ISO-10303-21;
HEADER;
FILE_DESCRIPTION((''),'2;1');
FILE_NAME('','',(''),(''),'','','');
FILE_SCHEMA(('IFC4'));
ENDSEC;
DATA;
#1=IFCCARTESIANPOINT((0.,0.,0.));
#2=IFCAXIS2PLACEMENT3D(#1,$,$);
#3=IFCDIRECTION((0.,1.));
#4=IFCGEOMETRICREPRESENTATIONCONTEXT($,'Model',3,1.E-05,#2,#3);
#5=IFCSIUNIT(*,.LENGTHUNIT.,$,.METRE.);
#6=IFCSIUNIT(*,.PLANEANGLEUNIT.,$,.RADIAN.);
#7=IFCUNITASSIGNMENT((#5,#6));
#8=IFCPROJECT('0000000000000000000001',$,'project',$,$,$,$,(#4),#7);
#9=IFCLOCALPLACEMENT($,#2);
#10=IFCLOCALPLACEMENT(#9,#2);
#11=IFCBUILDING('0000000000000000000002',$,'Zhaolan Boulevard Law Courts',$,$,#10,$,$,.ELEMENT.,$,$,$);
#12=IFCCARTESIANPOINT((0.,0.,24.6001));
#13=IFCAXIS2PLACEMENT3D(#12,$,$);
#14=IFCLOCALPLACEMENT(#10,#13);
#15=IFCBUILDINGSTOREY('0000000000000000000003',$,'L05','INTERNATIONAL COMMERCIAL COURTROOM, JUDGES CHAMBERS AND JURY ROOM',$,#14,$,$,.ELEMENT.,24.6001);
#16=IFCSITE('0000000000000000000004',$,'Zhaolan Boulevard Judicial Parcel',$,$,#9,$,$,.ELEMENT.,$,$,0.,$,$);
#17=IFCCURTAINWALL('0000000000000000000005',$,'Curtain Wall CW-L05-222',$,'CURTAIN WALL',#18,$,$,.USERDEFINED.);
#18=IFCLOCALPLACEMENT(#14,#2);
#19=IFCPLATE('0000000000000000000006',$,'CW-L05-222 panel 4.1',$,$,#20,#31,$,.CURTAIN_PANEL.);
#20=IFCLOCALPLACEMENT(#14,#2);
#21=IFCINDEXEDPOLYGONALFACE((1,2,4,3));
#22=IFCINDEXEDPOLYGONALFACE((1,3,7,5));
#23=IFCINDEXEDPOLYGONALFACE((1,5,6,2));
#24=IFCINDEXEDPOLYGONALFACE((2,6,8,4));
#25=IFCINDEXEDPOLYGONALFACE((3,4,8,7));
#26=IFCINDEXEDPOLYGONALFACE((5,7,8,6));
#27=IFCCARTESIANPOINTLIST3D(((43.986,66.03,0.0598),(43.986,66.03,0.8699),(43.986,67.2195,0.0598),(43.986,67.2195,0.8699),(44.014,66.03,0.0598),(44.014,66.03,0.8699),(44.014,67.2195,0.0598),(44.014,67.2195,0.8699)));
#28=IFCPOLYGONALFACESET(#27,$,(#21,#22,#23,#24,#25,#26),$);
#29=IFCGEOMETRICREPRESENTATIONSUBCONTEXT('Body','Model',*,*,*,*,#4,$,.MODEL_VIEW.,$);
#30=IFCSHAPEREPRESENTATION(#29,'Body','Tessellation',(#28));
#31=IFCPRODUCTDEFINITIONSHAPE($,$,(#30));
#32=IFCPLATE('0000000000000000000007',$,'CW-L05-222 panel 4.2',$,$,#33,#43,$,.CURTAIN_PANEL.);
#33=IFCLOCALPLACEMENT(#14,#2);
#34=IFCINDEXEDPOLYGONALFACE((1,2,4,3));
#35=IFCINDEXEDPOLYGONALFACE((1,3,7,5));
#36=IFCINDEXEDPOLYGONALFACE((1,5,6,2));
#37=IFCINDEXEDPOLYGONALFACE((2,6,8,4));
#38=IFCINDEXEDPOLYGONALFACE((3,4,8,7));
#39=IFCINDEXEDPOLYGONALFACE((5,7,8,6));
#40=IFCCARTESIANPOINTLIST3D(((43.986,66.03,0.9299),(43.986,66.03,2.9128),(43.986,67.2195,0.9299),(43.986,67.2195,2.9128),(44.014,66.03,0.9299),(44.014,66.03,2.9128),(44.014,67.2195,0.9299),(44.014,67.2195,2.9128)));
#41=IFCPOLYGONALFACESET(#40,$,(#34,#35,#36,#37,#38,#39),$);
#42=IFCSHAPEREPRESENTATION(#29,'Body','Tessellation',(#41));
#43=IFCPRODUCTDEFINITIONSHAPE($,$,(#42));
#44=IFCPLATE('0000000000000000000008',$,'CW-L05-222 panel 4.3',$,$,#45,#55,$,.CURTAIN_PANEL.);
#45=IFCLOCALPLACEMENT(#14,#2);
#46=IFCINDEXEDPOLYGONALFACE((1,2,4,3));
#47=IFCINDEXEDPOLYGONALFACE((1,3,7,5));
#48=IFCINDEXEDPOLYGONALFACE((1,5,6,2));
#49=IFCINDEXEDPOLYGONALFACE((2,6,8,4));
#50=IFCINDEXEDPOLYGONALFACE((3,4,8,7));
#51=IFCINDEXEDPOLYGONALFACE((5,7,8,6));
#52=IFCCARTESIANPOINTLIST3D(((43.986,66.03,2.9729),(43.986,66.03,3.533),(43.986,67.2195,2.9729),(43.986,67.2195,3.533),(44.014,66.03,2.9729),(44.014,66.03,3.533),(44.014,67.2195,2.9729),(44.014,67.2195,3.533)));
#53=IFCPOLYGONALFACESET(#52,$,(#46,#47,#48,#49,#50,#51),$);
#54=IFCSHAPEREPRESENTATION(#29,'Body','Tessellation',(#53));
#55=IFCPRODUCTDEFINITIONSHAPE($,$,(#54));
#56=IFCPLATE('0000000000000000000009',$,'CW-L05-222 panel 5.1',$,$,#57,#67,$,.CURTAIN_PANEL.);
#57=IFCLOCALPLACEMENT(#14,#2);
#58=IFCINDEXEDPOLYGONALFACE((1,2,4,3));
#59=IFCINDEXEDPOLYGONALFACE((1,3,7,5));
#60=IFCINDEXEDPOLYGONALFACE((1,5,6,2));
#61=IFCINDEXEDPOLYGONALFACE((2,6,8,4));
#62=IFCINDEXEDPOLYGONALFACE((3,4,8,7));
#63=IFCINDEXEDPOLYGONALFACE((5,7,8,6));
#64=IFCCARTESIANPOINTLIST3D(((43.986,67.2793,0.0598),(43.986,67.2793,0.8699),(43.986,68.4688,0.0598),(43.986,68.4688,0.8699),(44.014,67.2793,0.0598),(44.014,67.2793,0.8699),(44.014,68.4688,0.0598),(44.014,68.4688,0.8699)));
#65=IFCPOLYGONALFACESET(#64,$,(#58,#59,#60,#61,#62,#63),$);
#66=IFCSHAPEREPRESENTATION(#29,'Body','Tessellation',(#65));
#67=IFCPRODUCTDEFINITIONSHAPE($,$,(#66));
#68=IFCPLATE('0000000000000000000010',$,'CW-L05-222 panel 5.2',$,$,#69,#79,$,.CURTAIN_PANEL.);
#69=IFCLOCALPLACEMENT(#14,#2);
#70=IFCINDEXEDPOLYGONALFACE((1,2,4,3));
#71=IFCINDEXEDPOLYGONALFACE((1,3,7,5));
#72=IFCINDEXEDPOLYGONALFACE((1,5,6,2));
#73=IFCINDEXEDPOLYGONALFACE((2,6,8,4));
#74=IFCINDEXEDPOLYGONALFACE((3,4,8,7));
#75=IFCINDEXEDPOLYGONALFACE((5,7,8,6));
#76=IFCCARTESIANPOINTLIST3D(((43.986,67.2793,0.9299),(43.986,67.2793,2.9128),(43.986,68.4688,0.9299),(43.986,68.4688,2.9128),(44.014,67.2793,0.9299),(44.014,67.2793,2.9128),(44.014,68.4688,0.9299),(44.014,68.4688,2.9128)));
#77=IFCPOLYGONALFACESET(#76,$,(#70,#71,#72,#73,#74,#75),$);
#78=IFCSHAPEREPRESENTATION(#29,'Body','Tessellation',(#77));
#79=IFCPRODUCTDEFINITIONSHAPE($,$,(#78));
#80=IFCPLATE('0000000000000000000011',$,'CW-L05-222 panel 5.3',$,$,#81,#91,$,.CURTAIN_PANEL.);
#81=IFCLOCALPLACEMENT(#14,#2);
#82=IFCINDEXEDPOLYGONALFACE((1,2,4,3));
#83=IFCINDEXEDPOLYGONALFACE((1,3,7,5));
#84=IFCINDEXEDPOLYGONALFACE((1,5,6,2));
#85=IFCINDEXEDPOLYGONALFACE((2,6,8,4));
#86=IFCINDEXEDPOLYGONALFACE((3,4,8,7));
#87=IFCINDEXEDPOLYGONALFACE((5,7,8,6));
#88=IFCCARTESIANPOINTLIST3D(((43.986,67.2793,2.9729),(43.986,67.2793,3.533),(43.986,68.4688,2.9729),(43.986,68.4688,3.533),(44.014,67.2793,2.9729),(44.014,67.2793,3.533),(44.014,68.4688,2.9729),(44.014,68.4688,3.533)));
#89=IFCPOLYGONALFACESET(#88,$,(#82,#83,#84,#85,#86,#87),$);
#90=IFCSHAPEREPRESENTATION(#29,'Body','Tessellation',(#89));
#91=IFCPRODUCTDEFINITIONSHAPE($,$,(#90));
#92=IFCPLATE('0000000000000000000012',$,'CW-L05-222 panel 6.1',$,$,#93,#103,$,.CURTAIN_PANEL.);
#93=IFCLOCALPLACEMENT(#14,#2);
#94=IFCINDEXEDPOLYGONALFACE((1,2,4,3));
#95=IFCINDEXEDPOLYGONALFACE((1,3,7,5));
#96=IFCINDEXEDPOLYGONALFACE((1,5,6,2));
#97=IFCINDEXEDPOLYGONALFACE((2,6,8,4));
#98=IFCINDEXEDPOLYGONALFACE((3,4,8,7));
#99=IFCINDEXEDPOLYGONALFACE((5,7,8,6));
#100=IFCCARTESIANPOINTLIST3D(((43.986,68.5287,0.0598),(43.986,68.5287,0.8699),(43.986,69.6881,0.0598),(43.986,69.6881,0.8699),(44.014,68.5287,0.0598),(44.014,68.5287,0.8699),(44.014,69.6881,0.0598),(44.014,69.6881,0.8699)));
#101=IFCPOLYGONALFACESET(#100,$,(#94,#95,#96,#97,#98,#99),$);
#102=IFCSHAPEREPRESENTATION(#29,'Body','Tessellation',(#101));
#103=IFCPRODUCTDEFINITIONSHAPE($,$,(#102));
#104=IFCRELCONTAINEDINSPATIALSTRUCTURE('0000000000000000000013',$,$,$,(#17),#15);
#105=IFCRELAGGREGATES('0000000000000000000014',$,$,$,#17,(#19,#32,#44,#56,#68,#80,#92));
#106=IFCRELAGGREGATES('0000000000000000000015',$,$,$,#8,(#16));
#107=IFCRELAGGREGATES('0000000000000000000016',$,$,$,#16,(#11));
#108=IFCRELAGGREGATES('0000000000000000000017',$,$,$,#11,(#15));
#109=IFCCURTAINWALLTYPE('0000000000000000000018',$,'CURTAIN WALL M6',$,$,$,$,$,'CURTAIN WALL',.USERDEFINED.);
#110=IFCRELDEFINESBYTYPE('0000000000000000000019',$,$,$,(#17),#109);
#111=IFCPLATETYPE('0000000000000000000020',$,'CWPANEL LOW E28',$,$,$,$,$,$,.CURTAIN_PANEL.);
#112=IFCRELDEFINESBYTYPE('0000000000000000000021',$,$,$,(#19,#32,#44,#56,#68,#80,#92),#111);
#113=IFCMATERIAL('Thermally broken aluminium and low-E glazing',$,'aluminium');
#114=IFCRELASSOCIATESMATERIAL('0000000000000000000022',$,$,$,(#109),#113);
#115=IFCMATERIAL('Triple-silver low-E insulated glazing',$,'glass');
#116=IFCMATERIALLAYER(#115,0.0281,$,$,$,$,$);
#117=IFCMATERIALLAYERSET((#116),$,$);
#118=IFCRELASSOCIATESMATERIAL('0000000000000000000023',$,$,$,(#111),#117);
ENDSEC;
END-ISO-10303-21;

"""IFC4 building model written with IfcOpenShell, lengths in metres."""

from ifc_helpers import new_model, si_unit, direction, frame, origin, origin_2d, place, context, subcontext, project, spatial, rectangle, extrude, material, layer, layer_set, type_object, element, aggregate, save


model = new_model("IFC4")

# Units and contexts
model_context = context("Model", 3, precision=1e-05, world=origin(), true_north=direction((0.0, 1.0)))
body_context = subcontext(model_context, "Body", "Model", "MODEL_VIEW")
ifc_project = project(units=[si_unit("LENGTHUNIT", "METRE"), si_unit("PLANEANGLEUNIT", "RADIAN")], contexts=[model_context])

# Site, building, storey
site_placement = place(None, origin())
site = spatial("IfcSite", under=ifc_project, at=site_placement, Name="Zhaolan Boulevard Judicial Parcel", CompositionType="ELEMENT", RefElevation=0.0)
building_placement = place(site_placement, origin())
building = spatial("IfcBuilding", under=site, at=building_placement, Name="Zhaolan Boulevard Law Courts", CompositionType="ELEMENT")
storey_placement = place(building_placement, frame((0.0, 0.0, 24.6001)))
storey = spatial("IfcBuildingStorey", under=building, at=storey_placement, Name="L05", Description="INTERNATIONAL COMMERCIAL COURTROOM, JUDGES CHAMBERS AND JURY ROOM", CompositionType="ELEMENT", Elevation=24.6001)

# Curtain wall, plates
ifc_material_1 = material(Name="Thermally broken aluminium and low-E glazing", Category="aluminium")
curtain_wall_type = type_object("IfcCurtainWallType", Name="CURTAIN WALL M6", ElementType="CURTAIN WALL", PredefinedType="USERDEFINED", material=ifc_material_1)
curtain_wall_placement = place(storey_placement, origin())
curtain_wall = element("IfcCurtainWall", 1, at=curtain_wall_placement, inside=storey, type_object=curtain_wall_type, Name="Curtain Wall CW-L05-222", ObjectType="CURTAIN WALL", PredefinedType="USERDEFINED")
ifc_material_2 = material(Name="Triple-silver low-E insulated glazing", Category="glass")
ifc_layer = layer(ifc_material_2, 0.0281)
ifc_layer_set = layer_set([ifc_layer])
plate_type = type_object("IfcPlateType", Name="CWPANEL LOW E28", PredefinedType="CURTAIN_PANEL", material=ifc_layer_set)
plate_1_placement = place(storey_placement, frame((44.0, 66.6248, 0.0598), z_axis=(0.0, 0.0, 1.0), x_axis=(0.0, 1.0, 0.0)))
plate_1 = element("IfcPlate", 2, at=plate_1_placement, type_object=plate_type, Name="CW-L05-222 panel 4.1", PredefinedType="CURTAIN_PANEL", context=body_context, shape_type="SweptSolid", body=[
    extrude(rectangle(XDim=1.1895, YDim=0.0281, at=origin_2d()), origin(), (0.0, 0.0, 1.0), 0.8101),
])
plate_2_placement = place(storey_placement, frame((44.0, 66.6248, 0.9299), z_axis=(0.0, 0.0, 1.0), x_axis=(0.0, 1.0, 0.0)))
plate_2 = element("IfcPlate", 3, at=plate_2_placement, type_object=plate_type, Name="CW-L05-222 panel 4.2", PredefinedType="CURTAIN_PANEL", context=body_context, shape_type="SweptSolid", body=[
    extrude(rectangle(XDim=1.1895, YDim=0.0281, at=origin_2d()), origin(), (0.0, 0.0, 1.0), 1.9829),
])
plate_3_placement = place(storey_placement, frame((44.0, 66.6248, 2.9729), z_axis=(0.0, 0.0, 1.0), x_axis=(0.0, 1.0, 0.0)))
plate_3 = element("IfcPlate", 4, at=plate_3_placement, type_object=plate_type, Name="CW-L05-222 panel 4.3", PredefinedType="CURTAIN_PANEL", context=body_context, shape_type="SweptSolid", body=[
    extrude(rectangle(XDim=1.1895, YDim=0.0281, at=origin_2d()), origin(), (0.0, 0.0, 1.0), 0.5601),
])
plate_4_placement = place(storey_placement, frame((44.0, 67.874, 0.0598), z_axis=(0.0, 0.0, 1.0), x_axis=(0.0, 1.0, 0.0)))
plate_4 = element("IfcPlate", 5, at=plate_4_placement, type_object=plate_type, Name="CW-L05-222 panel 5.1", PredefinedType="CURTAIN_PANEL", context=body_context, shape_type="SweptSolid", body=[
    extrude(rectangle(XDim=1.1895, YDim=0.0281, at=origin_2d()), origin(), (0.0, 0.0, 1.0), 0.8101),
])
plate_5_placement = place(storey_placement, frame((44.0, 67.874, 0.9299), z_axis=(0.0, 0.0, 1.0), x_axis=(0.0, 1.0, 0.0)))
plate_5 = element("IfcPlate", 6, at=plate_5_placement, type_object=plate_type, Name="CW-L05-222 panel 5.2", PredefinedType="CURTAIN_PANEL", context=body_context, shape_type="SweptSolid", body=[
    extrude(rectangle(XDim=1.1895, YDim=0.0281, at=origin_2d()), origin(), (0.0, 0.0, 1.0), 1.9829),
])
plate_6_placement = place(storey_placement, frame((44.0, 67.874, 2.9729), z_axis=(0.0, 0.0, 1.0), x_axis=(0.0, 1.0, 0.0)))
plate_6 = element("IfcPlate", 7, at=plate_6_placement, type_object=plate_type, Name="CW-L05-222 panel 5.3", PredefinedType="CURTAIN_PANEL", context=body_context, shape_type="SweptSolid", body=[
    extrude(rectangle(XDim=1.1895, YDim=0.0281, at=origin_2d()), origin(), (0.0, 0.0, 1.0), 0.5601),
])
plate_7_placement = place(storey_placement, frame((44.0, 69.1084, 0.0598), z_axis=(0.0, 0.0, 1.0), x_axis=(0.0, 1.0, 0.0)))
plate_7 = element("IfcPlate", 8, at=plate_7_placement, type_object=plate_type, Name="CW-L05-222 panel 6.1", PredefinedType="CURTAIN_PANEL", context=body_context, shape_type="SweptSolid", body=[
    extrude(rectangle(XDim=1.1594, YDim=0.0281, at=origin_2d()), origin(), (0.0, 0.0, 1.0), 0.8101),
])
aggregate(curtain_wall, [plate_1, plate_2, plate_3, plate_4, plate_5, plate_6, plate_7])

save(model, "model.ifc")
